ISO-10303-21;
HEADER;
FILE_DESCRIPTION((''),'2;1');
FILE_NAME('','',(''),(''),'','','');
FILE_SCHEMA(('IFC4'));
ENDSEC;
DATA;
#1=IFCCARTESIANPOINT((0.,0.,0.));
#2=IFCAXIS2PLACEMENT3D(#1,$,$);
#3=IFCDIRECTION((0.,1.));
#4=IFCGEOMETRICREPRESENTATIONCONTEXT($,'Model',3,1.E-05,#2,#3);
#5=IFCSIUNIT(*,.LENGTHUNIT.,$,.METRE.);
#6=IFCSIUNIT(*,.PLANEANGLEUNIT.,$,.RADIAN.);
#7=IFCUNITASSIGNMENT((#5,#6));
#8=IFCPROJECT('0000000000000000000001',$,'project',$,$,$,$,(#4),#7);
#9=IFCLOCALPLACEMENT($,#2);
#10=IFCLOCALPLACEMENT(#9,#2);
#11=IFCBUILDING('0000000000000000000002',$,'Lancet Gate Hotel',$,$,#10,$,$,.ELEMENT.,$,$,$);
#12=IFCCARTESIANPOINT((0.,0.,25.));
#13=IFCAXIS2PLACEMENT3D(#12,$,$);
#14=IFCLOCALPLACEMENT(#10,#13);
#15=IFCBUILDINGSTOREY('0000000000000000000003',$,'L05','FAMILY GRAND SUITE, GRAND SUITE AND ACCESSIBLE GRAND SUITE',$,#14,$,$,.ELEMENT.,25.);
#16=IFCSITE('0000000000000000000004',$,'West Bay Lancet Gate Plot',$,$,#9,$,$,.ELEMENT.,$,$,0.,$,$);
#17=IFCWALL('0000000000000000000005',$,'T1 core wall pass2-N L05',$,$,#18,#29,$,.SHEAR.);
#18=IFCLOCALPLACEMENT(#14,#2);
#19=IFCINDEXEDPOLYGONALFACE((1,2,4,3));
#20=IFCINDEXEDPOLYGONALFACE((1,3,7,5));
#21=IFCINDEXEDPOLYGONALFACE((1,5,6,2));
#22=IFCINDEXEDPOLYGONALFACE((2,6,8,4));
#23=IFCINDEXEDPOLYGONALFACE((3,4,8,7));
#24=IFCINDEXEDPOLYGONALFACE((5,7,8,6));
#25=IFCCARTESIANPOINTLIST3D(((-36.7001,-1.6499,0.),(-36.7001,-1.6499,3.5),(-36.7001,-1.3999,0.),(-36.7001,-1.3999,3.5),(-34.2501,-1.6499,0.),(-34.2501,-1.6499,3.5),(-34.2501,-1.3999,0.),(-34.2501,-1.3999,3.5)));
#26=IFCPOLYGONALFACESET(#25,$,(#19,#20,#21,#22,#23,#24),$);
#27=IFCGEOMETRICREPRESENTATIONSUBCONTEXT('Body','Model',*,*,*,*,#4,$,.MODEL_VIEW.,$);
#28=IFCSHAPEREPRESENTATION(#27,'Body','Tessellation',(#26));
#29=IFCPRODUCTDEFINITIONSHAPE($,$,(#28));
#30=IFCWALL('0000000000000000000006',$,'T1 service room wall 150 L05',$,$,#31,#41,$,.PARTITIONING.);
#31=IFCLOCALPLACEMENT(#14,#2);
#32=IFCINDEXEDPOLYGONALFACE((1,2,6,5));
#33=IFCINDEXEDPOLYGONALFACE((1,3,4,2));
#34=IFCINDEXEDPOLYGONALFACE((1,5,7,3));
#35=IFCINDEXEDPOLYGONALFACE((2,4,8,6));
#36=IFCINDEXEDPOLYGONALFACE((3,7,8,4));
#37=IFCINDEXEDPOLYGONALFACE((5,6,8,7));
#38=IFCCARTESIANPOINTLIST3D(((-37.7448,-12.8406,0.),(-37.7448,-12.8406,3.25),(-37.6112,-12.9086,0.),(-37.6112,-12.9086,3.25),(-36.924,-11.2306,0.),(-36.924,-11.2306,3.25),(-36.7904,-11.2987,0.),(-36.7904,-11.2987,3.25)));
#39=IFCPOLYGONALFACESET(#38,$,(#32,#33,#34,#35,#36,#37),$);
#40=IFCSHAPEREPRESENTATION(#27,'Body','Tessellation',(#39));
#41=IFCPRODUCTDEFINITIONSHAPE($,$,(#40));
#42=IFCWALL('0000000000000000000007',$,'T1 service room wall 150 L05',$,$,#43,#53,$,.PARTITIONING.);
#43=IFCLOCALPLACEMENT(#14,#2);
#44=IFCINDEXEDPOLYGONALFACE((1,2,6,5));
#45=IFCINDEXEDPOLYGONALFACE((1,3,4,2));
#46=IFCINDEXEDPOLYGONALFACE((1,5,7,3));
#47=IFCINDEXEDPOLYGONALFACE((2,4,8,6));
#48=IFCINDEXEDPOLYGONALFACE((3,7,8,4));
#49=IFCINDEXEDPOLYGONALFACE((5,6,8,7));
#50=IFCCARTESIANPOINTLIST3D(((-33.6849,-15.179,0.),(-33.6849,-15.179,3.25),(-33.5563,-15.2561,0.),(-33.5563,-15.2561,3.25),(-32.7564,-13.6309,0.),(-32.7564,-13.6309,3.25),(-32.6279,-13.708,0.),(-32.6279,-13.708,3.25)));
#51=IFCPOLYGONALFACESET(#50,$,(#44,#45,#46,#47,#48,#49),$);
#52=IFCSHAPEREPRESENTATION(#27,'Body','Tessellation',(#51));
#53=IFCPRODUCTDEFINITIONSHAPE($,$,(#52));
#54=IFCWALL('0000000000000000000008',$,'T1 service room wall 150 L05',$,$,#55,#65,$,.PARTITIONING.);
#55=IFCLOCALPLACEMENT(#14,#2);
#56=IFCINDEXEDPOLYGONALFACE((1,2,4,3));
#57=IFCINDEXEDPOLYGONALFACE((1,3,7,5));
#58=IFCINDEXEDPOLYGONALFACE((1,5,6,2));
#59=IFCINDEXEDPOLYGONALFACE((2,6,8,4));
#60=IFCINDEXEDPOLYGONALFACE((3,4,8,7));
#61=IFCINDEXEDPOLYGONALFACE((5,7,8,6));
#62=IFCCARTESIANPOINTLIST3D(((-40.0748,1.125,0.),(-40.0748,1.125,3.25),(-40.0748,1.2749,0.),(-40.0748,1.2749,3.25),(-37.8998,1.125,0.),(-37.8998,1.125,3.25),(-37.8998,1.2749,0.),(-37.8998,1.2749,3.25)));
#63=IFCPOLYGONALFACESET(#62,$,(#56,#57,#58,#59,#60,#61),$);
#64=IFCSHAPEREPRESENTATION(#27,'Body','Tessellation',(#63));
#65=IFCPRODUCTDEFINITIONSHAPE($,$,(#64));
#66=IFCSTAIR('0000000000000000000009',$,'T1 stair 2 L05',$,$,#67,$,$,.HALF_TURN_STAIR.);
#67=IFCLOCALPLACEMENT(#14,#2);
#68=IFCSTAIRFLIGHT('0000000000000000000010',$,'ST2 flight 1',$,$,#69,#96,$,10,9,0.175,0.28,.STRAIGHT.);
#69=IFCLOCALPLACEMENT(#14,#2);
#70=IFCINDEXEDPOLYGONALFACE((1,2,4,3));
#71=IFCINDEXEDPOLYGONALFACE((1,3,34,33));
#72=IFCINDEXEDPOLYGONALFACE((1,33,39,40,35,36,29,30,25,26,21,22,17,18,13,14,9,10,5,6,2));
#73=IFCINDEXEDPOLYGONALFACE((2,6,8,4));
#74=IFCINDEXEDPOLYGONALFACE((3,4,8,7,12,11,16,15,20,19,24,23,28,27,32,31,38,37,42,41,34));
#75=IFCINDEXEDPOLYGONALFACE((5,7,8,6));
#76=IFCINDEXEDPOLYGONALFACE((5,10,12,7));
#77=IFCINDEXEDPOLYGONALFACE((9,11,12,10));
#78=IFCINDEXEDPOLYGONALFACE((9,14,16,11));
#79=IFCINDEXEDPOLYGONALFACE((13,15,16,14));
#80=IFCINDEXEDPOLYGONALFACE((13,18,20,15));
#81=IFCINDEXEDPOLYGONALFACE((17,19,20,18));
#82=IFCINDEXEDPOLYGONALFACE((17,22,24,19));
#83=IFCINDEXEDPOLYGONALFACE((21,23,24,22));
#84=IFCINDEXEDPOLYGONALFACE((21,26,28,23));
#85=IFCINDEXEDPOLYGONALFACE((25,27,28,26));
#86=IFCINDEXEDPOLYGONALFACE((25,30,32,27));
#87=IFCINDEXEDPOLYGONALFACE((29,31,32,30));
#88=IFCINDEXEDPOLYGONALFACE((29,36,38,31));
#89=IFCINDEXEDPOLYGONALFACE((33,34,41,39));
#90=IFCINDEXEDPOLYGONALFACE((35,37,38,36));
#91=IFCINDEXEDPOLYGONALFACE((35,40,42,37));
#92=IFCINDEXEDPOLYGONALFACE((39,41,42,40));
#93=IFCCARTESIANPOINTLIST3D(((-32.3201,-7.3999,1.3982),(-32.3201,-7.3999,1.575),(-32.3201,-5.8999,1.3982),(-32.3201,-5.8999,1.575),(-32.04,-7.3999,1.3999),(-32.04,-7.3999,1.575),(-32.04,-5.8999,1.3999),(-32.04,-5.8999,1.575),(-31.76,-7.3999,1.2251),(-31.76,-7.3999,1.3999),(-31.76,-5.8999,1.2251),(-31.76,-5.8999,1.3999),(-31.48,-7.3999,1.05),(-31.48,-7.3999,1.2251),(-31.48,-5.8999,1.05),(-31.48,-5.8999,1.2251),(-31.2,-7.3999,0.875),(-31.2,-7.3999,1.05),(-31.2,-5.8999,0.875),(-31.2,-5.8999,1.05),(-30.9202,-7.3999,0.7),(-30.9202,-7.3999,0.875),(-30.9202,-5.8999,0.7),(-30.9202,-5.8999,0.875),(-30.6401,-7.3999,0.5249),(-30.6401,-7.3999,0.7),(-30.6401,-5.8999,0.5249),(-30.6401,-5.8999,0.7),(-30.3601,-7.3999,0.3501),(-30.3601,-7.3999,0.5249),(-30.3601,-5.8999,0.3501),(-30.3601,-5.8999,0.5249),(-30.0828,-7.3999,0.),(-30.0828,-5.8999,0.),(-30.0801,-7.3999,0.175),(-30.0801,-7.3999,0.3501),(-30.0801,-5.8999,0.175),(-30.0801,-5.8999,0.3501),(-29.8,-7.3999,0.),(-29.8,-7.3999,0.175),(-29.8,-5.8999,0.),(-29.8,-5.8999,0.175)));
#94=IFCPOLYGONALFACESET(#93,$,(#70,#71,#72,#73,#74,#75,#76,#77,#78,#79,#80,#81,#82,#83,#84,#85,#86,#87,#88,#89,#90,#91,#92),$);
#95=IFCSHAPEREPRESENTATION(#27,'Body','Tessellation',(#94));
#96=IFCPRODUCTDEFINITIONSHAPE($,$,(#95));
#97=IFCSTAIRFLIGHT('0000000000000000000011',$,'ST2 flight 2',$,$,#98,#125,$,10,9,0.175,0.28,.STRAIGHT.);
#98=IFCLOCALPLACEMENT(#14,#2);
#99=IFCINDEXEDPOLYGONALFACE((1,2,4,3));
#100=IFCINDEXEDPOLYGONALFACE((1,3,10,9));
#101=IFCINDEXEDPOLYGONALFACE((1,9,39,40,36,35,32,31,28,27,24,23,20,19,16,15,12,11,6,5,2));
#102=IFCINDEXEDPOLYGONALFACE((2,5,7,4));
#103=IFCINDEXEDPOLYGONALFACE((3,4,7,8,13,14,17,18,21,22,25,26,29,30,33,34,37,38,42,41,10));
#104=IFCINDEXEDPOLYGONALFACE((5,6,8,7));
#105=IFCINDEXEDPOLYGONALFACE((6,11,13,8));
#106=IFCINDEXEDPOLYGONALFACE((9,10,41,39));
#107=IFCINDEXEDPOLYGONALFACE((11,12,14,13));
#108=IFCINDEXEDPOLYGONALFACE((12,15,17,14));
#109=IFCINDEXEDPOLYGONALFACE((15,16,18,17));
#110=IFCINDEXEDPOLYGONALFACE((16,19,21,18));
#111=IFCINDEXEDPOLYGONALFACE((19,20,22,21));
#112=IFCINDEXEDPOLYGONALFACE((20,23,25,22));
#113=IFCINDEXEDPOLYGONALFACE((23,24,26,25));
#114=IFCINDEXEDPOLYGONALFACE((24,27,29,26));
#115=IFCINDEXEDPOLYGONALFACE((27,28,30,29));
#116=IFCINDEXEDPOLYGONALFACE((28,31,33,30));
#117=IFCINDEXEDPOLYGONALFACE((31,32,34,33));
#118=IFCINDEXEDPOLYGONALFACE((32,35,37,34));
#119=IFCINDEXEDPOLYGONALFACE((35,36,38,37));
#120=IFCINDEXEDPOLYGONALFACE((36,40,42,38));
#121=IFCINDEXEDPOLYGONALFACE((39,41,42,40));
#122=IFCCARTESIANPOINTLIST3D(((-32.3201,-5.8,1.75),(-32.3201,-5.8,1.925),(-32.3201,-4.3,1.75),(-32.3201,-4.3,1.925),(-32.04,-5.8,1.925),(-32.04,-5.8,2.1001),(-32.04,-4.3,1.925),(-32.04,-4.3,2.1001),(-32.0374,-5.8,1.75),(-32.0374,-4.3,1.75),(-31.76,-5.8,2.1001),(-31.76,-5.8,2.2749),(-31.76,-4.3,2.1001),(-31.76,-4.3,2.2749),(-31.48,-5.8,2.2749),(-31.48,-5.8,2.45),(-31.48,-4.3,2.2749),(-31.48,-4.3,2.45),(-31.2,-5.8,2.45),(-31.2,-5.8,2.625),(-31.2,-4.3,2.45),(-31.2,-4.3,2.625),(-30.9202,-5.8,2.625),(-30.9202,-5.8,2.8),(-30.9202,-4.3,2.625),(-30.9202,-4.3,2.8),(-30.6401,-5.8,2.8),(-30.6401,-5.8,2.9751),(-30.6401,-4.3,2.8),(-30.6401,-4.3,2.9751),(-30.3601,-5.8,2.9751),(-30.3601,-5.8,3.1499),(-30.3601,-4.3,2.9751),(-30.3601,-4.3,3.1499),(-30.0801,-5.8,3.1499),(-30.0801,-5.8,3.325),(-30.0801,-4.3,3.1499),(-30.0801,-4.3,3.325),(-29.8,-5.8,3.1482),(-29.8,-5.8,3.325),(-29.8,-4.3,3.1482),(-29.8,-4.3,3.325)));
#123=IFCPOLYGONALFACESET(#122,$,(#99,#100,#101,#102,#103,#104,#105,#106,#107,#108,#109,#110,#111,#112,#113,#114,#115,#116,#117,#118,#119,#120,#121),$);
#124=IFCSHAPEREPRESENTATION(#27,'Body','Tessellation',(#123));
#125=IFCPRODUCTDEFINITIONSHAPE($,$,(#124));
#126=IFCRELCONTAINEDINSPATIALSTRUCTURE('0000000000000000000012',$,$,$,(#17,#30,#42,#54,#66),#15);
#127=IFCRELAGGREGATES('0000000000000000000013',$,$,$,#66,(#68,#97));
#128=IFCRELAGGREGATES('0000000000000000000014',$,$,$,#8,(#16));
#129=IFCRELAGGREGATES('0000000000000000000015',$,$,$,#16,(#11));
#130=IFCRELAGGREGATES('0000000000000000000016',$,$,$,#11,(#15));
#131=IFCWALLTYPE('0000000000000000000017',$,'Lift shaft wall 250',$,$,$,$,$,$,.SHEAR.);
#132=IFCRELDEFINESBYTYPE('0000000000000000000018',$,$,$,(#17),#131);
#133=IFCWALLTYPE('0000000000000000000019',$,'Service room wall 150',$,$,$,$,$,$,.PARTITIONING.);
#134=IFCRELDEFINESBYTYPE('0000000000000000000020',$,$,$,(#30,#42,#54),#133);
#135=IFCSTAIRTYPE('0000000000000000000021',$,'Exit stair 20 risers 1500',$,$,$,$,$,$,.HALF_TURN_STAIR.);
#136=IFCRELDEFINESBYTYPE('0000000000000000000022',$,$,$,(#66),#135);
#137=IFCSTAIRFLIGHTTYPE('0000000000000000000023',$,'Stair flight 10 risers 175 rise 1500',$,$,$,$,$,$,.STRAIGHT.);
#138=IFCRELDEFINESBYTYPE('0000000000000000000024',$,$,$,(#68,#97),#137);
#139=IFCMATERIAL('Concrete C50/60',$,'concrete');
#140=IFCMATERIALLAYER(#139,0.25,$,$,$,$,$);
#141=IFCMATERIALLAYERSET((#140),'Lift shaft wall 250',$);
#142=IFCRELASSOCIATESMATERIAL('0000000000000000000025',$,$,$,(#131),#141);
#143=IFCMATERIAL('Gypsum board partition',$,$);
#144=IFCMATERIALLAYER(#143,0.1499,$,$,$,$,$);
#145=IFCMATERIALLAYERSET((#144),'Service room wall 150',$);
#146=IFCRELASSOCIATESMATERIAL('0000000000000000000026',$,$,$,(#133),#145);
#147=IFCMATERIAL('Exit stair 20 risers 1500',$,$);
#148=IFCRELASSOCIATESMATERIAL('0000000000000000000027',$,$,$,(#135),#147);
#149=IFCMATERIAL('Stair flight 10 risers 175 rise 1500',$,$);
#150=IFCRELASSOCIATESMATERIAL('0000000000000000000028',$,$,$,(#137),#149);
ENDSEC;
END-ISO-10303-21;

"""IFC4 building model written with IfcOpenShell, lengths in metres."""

from ifc_helpers import new_model, si_unit, direction, frame, frame_2d, origin, place, context, subcontext, project, spatial, polyline, rectangle, outline, extrude, material, layer, layer_set, type_object, element, aggregate, save


model = new_model("IFC4")

# Units and contexts
model_context = context("Model", 3, precision=1e-05, world=origin(), true_north=direction((0.0, 1.0)))
body_context = subcontext(model_context, "Body", "Model", "MODEL_VIEW")
ifc_project = project(units=[si_unit("LENGTHUNIT", "METRE"), si_unit("PLANEANGLEUNIT", "RADIAN")], contexts=[model_context])

# Site, building, storey
site_placement = place(None, origin())
site = spatial("IfcSite", under=ifc_project, at=site_placement, Name="West Bay Lancet Gate Plot", CompositionType="ELEMENT", RefElevation=0.0)
building_placement = place(site_placement, origin())
building = spatial("IfcBuilding", under=site, at=building_placement, Name="Lancet Gate Hotel", CompositionType="ELEMENT")
storey_placement = place(building_placement, frame((0.0, 0.0, 25.0)))
storey = spatial("IfcBuildingStorey", under=building, at=storey_placement, Name="L05", Description="FAMILY GRAND SUITE, GRAND SUITE AND ACCESSIBLE GRAND SUITE", CompositionType="ELEMENT", Elevation=25.0)

# Shared definitions
ifc_material_1 = material(Name="Concrete C50/60", Category="concrete")
ifc_layer_1 = layer(ifc_material_1, 0.25)
ifc_layer_set_1 = layer_set([ifc_layer_1], Name="Lift shaft wall 250")
wall_type_1 = type_object("IfcWallType", Name="Lift shaft wall 250", PredefinedType="SHEAR", material=ifc_layer_set_1)

# Walls
wall_1_placement = place(storey_placement, frame((-34.25, -1.5249, 0.0), z_axis=(0.0, 0.0, 1.0), x_axis=(-1.0, 0.0, 0.0)))
element("IfcWall", 1, at=wall_1_placement, inside=storey, type_object=wall_type_1, Name="T1 core wall pass2-N L05", PredefinedType="SHEAR", context=body_context, shape_type="SweptSolid", body=[
    extrude(rectangle(XDim=2.45, YDim=0.25, at=frame_2d((1.2251, 0.0))), origin(), (0.0, 0.0, 1.0), 3.5),
])
ifc_material_2 = material(Name="Gypsum board partition")
ifc_layer_2 = layer(ifc_material_2, 0.1499)
ifc_layer_set_2 = layer_set([ifc_layer_2], Name="Service room wall 150")
wall_type_2 = type_object("IfcWallType", Name="Service room wall 150", PredefinedType="PARTITIONING", material=ifc_layer_set_2)
wall_2_placement = place(storey_placement, frame((-36.8572, -11.2646, 0.0), z_axis=(0.0, 0.0, 1.0), x_axis=(-0.454225, -0.890887, 0.0)))
element("IfcWall", 2, at=wall_2_placement, inside=storey, type_object=wall_type_2, Name="T1 service room wall 150 L05", PredefinedType="PARTITIONING", context=body_context, shape_type="SweptSolid", body=[
    extrude(rectangle(XDim=1.8071, YDim=0.1499, at=frame_2d((0.9036, 0.0))), origin(), (0.0, 0.0, 1.0), 3.25),
])
wall_3_placement = place(storey_placement, frame((-33.6206, -15.2175, 0.0), z_axis=(0.0, 0.0, 1.0), x_axis=(0.514337, 0.857588, 0.0)))
element("IfcWall", 3, at=wall_3_placement, inside=storey, type_object=wall_type_2, Name="T1 service room wall 150 L05", PredefinedType="PARTITIONING", context=body_context, shape_type="SweptSolid", body=[
    extrude(rectangle(XDim=1.8052, YDim=0.1499, at=frame_2d((0.9026, 0.0))), origin(), (0.0, 0.0, 1.0), 3.25),
])
wall_4_placement = place(storey_placement, frame((-37.8999, 1.2, 0.0), z_axis=(0.0, 0.0, 1.0), x_axis=(-1.0, 0.0, 0.0)))
element("IfcWall", 4, at=wall_4_placement, inside=storey, type_object=wall_type_2, Name="T1 service room wall 150 L05", PredefinedType="PARTITIONING", context=body_context, shape_type="SweptSolid", body=[
    extrude(rectangle(XDim=2.175, YDim=0.1499, at=frame_2d((1.0874, 0.0))), origin(), (0.0, 0.0, 1.0), 3.25),
])

# Stair, stair flights
ifc_material_3 = material(Name="Exit stair 20 risers 1500")
stair_type = type_object("IfcStairType", Name="Exit stair 20 risers 1500", PredefinedType="HALF_TURN_STAIR", material=ifc_material_3)
stair_placement = place(storey_placement, origin())
stair = element("IfcStair", 5, at=stair_placement, inside=storey, type_object=stair_type, Name="T1 stair 2 L05", PredefinedType="HALF_TURN_STAIR")
ifc_material_4 = material(Name="Stair flight 10 risers 175 rise 1500")
stair_flight_type = type_object("IfcStairFlightType", Name="Stair flight 10 risers 175 rise 1500", PredefinedType="STRAIGHT", material=ifc_material_4)
stair_flight_1_placement = place(storey_placement, frame((-29.8, -6.6499, 0.0), z_axis=(0.0, 0.0, 1.0), x_axis=(-1.0, 0.0, 0.0)))
stair_flight_1 = element("IfcStairFlight", 6, at=stair_flight_1_placement, type_object=stair_flight_type, Name="ST2 flight 1", NumberOfRisers=10, NumberOfTreads=9, PredefinedType="STRAIGHT", RiserHeight=0.175, TreadLength=0.28, context=body_context, shape_type="SweptSolid", body=[
    extrude(outline(polyline([(0.0, 0.0), (0.0, 0.175), (0.28, 0.175), (0.28, 0.3501), (0.5601, 0.3501), (0.5601, 0.5249), (0.8401, 0.5249), (0.8401, 0.7), (1.1201, 0.7), (1.1201, 0.875), (1.3999, 0.875), (1.3999, 1.05), (1.6799, 1.05), (1.6799, 1.2251), (1.96, 1.2251), (1.96, 1.3999), (2.24, 1.3999), (2.24, 1.575), (2.52, 1.575), (2.52, 1.75), (2.52, 1.3982), (0.2827, 0.0), (0.0, 0.0)])), frame((0.0, 0.75, 0.0), z_axis=(0.0, -1.0, 0.0), x_axis=(1.0, 0.0, 0.0)), (0.0, 0.0, 1.0), 1.5),
])
stair_flight_2_placement = place(storey_placement, frame((-32.3201, -5.05, 1.75), z_axis=(0.0, 0.0, 1.0), x_axis=(1.0, 0.0, 0.0)))
stair_flight_2 = element("IfcStairFlight", 7, at=stair_flight_2_placement, type_object=stair_flight_type, Name="ST2 flight 2", NumberOfRisers=10, NumberOfTreads=9, PredefinedType="STRAIGHT", RiserHeight=0.175, TreadLength=0.28, context=body_context, shape_type="SweptSolid", body=[
    extrude(outline(polyline([(0.0, 0.0), (0.0, 0.175), (0.28, 0.175), (0.28, 0.3501), (0.5601, 0.3501), (0.5601, 0.5249), (0.8401, 0.5249), (0.8401, 0.7), (1.1201, 0.7), (1.1201, 0.875), (1.3999, 0.875), (1.3999, 1.05), (1.6799, 1.05), (1.6799, 1.2251), (1.96, 1.2251), (1.96, 1.3999), (2.24, 1.3999), (2.24, 1.575), (2.52, 1.575), (2.52, 1.75), (2.52, 1.3982), (0.2827, 0.0), (0.0, 0.0)])), frame((0.0, 0.75, 0.0), z_axis=(0.0, -1.0, 0.0), x_axis=(1.0, 0.0, 0.0)), (0.0, 0.0, 1.0), 1.5),
])
aggregate(stair, [stair_flight_1, stair_flight_2])

save(model, "model.ifc")
